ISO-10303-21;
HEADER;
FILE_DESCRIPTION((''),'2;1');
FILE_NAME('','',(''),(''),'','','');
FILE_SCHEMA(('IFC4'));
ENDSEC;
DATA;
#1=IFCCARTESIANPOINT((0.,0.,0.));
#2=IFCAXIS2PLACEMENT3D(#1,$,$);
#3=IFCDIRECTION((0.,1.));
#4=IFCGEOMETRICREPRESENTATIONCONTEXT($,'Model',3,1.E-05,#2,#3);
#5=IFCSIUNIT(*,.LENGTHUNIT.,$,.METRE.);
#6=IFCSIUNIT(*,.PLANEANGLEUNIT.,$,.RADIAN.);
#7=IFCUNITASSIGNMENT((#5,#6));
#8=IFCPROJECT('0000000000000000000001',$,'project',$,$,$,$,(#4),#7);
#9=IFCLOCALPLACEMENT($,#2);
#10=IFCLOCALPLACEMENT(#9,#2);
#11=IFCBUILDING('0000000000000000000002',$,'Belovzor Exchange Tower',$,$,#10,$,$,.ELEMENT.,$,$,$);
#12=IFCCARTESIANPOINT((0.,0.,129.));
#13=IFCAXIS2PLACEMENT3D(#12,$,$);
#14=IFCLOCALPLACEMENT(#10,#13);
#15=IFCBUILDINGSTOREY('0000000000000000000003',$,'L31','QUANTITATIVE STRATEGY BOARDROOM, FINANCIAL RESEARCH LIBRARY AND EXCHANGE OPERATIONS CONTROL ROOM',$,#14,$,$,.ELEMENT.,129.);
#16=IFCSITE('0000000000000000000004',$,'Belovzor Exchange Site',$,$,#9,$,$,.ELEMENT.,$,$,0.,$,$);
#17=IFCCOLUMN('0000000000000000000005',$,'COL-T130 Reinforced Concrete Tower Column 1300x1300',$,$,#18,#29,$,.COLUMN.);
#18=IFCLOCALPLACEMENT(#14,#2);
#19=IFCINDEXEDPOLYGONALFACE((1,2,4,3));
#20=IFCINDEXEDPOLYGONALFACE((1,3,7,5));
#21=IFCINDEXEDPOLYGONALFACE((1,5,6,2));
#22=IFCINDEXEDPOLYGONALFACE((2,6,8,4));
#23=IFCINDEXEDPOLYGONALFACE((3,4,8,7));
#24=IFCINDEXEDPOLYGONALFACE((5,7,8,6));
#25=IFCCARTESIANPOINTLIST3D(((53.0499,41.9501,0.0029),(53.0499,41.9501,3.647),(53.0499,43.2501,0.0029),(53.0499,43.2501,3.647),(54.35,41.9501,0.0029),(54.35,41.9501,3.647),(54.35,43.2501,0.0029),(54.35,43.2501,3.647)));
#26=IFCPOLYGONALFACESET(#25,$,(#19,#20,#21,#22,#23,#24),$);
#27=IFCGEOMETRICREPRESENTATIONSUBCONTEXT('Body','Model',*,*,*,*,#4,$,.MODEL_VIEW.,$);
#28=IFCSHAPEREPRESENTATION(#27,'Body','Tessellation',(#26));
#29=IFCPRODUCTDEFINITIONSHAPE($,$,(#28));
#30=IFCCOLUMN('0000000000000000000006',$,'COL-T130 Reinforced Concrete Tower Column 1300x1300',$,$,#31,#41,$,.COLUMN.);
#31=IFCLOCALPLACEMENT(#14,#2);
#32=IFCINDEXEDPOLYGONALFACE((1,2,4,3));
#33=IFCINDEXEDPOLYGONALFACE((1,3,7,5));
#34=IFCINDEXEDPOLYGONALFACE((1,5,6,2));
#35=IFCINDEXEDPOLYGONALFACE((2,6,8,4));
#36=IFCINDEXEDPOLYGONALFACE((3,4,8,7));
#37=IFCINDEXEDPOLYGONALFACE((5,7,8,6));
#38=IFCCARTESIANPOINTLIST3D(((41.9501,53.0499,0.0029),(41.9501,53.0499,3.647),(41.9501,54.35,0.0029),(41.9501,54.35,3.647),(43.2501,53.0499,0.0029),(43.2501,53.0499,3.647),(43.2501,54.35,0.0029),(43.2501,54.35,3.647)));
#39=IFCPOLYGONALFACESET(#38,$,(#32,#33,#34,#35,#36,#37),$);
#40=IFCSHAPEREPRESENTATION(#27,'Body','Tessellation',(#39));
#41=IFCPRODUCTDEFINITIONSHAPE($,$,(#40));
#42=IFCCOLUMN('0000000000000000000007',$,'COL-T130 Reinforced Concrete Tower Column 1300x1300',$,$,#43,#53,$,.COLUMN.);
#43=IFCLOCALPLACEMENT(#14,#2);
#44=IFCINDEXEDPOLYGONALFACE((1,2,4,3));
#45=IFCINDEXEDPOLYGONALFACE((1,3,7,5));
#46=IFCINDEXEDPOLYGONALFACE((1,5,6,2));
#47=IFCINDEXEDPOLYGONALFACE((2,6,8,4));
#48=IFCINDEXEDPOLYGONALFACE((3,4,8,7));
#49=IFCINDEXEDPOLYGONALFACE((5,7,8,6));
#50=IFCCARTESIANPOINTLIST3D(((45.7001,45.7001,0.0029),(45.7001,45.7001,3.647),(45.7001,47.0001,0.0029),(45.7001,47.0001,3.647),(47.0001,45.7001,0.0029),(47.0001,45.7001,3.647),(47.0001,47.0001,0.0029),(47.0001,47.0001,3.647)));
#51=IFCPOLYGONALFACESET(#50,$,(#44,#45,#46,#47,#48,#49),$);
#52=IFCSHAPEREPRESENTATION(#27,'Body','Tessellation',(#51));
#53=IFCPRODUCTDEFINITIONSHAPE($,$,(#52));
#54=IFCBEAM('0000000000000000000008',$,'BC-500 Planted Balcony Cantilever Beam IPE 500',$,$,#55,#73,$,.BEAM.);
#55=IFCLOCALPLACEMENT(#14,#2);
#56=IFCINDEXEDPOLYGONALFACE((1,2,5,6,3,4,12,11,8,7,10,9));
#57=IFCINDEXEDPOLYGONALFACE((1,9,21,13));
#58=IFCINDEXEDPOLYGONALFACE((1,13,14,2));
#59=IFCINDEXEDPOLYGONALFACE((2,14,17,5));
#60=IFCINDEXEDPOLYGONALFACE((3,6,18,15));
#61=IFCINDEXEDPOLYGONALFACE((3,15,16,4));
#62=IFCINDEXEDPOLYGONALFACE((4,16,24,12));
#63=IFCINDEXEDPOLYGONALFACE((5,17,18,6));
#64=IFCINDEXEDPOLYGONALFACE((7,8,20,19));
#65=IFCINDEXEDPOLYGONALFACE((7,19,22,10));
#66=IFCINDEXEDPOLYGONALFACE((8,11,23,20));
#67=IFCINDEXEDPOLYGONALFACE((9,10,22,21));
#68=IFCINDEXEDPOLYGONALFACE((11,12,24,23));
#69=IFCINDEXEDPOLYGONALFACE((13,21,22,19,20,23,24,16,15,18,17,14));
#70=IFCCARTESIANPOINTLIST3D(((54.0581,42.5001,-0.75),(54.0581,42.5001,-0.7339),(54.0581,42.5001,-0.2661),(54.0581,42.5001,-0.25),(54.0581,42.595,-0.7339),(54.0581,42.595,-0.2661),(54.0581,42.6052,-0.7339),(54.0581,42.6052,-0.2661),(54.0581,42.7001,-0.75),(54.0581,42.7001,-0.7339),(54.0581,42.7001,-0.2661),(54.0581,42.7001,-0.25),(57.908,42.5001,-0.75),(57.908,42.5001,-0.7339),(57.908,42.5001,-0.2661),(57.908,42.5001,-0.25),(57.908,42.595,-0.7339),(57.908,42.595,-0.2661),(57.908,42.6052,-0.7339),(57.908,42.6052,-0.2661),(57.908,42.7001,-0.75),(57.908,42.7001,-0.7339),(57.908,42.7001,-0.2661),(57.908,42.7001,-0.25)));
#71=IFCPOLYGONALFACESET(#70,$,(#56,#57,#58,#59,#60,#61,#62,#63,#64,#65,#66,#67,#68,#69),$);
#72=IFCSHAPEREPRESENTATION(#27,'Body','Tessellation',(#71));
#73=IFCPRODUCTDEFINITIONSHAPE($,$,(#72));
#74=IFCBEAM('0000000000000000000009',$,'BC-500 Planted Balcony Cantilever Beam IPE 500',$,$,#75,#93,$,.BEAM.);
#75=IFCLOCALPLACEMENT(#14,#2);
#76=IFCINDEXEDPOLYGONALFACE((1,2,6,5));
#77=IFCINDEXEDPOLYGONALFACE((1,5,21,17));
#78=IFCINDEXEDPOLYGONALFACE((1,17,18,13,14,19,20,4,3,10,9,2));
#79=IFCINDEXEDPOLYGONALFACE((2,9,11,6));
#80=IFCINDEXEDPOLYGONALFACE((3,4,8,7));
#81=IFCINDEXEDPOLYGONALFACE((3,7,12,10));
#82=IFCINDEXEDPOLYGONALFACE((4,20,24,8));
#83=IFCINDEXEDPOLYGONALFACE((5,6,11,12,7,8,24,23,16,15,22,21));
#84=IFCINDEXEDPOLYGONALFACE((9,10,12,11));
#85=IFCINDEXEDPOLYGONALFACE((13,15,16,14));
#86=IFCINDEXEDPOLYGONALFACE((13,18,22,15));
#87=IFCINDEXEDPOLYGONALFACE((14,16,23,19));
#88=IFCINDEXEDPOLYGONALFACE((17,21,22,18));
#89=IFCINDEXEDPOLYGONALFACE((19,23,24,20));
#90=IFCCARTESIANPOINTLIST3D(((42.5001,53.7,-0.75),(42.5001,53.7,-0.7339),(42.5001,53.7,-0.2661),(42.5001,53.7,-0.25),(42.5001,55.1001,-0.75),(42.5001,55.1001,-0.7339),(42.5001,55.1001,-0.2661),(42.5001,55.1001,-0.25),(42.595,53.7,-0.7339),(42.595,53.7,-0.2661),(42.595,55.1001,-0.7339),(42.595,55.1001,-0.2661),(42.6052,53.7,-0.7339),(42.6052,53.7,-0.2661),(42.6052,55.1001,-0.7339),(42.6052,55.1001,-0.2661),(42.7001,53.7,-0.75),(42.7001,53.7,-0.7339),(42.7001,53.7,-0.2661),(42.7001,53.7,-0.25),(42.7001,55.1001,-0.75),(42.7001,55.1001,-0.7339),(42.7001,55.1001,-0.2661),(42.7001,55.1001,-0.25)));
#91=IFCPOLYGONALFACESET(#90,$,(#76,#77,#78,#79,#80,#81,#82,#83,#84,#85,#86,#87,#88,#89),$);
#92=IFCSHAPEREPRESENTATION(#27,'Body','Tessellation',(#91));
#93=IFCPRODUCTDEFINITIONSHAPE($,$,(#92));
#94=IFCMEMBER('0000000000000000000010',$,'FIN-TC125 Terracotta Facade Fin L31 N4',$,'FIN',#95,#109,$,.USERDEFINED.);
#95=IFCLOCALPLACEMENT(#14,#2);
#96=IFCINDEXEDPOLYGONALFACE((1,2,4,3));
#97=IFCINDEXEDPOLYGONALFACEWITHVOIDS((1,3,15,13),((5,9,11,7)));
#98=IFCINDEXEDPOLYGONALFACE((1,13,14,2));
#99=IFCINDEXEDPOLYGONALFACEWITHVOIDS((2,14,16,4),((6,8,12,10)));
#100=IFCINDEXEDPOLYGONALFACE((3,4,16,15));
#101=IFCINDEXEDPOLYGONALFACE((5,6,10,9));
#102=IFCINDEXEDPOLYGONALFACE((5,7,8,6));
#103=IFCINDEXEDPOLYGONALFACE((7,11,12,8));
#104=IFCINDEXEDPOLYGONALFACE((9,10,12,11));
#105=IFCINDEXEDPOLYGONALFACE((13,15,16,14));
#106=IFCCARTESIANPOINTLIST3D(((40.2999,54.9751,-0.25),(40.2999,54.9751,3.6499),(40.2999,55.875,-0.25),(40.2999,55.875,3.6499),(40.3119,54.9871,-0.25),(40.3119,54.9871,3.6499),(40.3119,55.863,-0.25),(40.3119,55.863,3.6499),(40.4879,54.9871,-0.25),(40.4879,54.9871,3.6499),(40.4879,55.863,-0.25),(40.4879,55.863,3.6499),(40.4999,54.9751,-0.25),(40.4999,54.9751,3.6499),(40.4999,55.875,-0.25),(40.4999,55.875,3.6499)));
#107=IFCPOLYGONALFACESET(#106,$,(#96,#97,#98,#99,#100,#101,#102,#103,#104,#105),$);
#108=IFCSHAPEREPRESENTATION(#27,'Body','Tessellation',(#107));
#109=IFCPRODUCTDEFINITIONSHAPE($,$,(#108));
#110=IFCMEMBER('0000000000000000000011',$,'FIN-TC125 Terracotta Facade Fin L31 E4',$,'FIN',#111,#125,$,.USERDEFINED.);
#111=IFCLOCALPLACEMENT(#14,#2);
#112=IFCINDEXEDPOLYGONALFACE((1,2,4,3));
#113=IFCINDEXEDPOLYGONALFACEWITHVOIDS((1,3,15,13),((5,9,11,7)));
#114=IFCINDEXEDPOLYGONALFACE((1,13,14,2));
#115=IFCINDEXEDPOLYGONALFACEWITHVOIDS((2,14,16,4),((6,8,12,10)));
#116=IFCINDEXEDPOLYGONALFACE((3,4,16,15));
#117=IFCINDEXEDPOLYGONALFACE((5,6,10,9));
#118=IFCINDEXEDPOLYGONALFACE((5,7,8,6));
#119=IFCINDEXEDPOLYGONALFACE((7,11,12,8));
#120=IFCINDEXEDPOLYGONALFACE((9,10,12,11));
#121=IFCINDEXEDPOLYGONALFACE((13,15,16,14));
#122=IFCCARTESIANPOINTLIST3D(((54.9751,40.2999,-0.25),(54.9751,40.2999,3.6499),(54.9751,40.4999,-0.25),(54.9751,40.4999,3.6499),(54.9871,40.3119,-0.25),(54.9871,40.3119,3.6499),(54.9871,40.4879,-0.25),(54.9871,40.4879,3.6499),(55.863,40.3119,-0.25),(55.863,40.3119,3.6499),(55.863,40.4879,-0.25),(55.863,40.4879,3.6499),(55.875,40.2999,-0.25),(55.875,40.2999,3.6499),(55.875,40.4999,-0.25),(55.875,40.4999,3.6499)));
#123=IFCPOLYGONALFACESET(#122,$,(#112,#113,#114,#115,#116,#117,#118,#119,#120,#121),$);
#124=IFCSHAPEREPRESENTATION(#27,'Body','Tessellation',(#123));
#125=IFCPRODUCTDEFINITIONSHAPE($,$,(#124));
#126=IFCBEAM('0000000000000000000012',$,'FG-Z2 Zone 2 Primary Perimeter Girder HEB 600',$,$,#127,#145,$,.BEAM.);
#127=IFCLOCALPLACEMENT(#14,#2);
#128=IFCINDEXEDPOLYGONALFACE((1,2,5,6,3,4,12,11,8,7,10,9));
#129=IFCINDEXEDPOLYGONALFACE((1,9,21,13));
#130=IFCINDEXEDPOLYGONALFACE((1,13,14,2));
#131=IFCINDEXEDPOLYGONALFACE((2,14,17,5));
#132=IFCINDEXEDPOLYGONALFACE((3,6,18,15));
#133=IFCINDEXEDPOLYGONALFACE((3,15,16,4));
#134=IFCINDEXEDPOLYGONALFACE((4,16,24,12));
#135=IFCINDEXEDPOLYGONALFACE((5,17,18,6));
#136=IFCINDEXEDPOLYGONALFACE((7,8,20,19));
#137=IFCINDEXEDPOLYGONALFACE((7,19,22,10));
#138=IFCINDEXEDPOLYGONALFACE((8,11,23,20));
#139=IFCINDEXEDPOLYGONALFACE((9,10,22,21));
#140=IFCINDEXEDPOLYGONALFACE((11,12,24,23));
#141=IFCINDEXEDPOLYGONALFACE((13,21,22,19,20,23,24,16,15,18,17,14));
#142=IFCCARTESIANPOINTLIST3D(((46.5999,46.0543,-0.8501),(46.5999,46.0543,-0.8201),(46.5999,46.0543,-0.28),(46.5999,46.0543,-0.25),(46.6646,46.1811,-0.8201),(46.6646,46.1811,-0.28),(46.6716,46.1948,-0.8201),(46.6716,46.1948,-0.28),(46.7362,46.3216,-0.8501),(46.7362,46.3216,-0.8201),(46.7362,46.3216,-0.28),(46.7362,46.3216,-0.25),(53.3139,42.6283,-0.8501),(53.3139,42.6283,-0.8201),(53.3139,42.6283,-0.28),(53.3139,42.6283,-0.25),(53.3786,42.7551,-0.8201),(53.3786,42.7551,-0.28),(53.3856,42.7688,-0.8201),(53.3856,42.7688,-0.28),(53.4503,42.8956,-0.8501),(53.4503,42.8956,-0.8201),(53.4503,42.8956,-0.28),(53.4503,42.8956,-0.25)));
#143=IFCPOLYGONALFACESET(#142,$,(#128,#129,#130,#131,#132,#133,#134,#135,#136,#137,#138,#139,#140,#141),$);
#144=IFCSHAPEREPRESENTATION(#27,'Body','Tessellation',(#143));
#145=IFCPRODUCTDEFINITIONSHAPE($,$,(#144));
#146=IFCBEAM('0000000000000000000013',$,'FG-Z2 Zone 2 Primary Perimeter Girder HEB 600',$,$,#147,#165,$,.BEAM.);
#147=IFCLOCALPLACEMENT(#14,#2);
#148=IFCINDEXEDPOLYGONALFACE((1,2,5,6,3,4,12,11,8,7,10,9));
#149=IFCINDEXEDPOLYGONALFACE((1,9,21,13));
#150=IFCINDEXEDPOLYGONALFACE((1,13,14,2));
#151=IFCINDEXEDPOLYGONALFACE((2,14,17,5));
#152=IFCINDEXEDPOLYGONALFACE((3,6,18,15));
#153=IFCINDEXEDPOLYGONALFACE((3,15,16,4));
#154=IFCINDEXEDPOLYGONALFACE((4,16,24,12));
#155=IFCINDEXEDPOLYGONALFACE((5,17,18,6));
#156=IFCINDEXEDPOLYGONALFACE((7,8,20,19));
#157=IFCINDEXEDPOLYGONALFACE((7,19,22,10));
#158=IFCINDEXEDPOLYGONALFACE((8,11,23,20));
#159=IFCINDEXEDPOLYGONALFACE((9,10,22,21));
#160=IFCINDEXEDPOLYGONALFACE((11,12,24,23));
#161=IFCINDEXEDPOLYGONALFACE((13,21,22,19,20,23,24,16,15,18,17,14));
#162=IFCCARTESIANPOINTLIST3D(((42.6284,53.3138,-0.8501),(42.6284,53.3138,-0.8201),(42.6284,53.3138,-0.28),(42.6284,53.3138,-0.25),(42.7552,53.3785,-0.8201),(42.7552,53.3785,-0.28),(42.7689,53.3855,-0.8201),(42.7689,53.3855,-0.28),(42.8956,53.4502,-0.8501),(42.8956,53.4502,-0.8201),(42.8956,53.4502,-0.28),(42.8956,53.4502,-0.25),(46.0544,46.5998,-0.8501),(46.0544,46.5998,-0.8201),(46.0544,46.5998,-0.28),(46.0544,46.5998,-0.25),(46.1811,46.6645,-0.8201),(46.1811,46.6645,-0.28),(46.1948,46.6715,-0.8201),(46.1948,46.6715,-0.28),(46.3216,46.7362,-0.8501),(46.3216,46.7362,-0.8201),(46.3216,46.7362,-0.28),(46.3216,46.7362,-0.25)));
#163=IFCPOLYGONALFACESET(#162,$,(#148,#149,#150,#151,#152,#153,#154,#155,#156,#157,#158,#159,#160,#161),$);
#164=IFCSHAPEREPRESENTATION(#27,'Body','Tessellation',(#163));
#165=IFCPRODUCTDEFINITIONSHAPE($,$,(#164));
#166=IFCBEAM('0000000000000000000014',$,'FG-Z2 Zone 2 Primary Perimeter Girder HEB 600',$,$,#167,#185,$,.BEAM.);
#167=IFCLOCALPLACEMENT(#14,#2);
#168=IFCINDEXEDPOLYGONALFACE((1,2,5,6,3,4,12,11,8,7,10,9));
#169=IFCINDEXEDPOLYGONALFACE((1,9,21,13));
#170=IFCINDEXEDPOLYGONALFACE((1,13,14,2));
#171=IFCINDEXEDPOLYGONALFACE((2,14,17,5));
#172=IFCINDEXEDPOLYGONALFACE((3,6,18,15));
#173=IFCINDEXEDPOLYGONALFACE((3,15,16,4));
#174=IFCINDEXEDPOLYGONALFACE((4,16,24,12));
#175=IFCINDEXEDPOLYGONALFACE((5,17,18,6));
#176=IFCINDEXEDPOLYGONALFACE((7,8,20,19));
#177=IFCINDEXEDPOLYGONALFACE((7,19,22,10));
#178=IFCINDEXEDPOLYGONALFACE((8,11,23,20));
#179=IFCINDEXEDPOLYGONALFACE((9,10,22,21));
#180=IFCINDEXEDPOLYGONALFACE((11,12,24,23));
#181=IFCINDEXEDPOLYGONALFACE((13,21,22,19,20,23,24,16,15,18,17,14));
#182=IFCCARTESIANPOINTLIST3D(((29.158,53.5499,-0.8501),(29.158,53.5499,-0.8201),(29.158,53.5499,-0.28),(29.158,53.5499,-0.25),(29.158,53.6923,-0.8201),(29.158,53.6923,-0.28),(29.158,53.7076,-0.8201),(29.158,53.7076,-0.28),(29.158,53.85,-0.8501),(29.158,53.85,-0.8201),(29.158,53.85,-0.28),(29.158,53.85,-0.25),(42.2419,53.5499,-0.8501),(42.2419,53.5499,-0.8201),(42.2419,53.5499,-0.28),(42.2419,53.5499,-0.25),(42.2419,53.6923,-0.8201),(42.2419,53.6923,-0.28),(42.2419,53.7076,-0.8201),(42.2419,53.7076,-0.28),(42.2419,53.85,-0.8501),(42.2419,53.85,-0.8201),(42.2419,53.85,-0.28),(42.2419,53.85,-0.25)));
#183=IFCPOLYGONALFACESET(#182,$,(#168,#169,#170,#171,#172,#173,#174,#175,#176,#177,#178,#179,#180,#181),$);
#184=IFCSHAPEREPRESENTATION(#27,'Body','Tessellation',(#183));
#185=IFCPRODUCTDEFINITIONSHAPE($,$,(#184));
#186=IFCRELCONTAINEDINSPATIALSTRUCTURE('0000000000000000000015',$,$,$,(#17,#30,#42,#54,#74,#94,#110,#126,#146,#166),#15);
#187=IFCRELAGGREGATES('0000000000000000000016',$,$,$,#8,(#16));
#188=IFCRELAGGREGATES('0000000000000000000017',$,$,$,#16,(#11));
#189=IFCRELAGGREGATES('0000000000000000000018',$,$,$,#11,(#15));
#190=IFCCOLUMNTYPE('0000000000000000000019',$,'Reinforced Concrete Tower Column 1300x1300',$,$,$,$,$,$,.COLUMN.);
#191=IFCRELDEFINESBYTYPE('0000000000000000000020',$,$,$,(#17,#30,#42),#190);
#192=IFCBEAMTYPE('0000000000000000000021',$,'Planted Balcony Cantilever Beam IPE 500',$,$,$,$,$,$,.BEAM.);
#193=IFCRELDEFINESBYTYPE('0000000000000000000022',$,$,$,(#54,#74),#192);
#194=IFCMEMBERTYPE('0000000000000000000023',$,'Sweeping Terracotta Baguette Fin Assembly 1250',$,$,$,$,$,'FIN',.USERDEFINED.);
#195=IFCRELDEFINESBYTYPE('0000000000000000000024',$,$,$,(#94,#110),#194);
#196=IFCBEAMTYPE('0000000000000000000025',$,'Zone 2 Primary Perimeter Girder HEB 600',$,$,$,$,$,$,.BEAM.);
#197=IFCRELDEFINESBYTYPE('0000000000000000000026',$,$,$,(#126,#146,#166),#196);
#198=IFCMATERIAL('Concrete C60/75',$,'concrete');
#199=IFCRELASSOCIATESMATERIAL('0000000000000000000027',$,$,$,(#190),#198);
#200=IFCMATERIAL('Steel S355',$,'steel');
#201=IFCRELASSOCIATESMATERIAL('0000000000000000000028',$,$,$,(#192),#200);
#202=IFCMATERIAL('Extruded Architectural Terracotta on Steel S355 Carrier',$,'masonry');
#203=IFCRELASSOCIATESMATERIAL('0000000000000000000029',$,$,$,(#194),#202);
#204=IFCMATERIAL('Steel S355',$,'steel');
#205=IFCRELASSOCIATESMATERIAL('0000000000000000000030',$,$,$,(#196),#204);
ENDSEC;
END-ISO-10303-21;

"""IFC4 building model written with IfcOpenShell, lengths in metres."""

from ifc_helpers import new_model, si_unit, direction, frame, origin, origin_2d, place, context, subcontext, project, spatial, rectangle, hollow_rectangle, i_section, extrude, material, material_profile, profile_set, type_object, element, save


model = new_model("IFC4")

# Units and contexts
model_context = context("Model", 3, precision=1e-05, world=origin(), true_north=direction((0.0, 1.0)))
body_context = subcontext(model_context, "Body", "Model", "MODEL_VIEW")
ifc_project = project(units=[si_unit("LENGTHUNIT", "METRE"), si_unit("PLANEANGLEUNIT", "RADIAN")], contexts=[model_context])

# Site, building, storey
site_placement = place(None, origin())
site = spatial("IfcSite", under=ifc_project, at=site_placement, Name="Belovzor Exchange Site", CompositionType="ELEMENT", RefElevation=0.0)
building_placement = place(site_placement, origin())
building = spatial("IfcBuilding", under=site, at=building_placement, Name="Belovzor Exchange Tower", CompositionType="ELEMENT")
storey_placement = place(building_placement, frame((0.0, 0.0, 129.0)))
storey = spatial("IfcBuildingStorey", under=building, at=storey_placement, Name="L31", Description="QUANTITATIVE STRATEGY BOARDROOM, FINANCIAL RESEARCH LIBRARY AND EXCHANGE OPERATIONS CONTROL ROOM", CompositionType="ELEMENT", Elevation=129.0)

# Columns
ifc_material_1 = material(Name="Concrete C60/75", Category="concrete")
ifc_material_profile_1 = material_profile(ifc_material_1, rectangle(XDim=1.3, YDim=1.3, at=origin_2d()))
ifc_profile_set_1 = profile_set([ifc_material_profile_1], Name="Concrete C60/75")
column_type = type_object("IfcColumnType", Name="Reinforced Concrete Tower Column 1300x1300", PredefinedType="COLUMN", material=ifc_profile_set_1)
for number, where, z_axis, x_axis, name in (
    (1, (53.7, 42.6001, 0.0029), (0.0, 0.0, 1.0), (1.0, 0.0, 0.0), "COL-T130 Reinforced Concrete Tower Column 1300x1300"),
    (2, (42.6001, 53.7, 0.0029), (0.0, 0.0, 1.0), (1.0, 0.0, 0.0), "COL-T130 Reinforced Concrete Tower Column 1300x1300"),
    (3, (46.3501, 46.3501, 0.0029), (0.0, 0.0, 1.0), (1.0, 0.0, 0.0), "COL-T130 Reinforced Concrete Tower Column 1300x1300"),
):
    element("IfcColumn", number, at=place(storey_placement, frame(where, z_axis=z_axis, x_axis=x_axis)), inside=storey, type_object=column_type, Name=name, PredefinedType="COLUMN", context=body_context, shape_type="SweptSolid", body=[
        extrude(rectangle(XDim=1.3, YDim=1.3, at=origin_2d()), origin(), (0.0, 0.0, 1.0), 3.644),
    ])

# Beams
ifc_material_2 = material(Name="Steel S355", Category="steel")
ifc_material_profile_2 = material_profile(ifc_material_2, i_section(OverallWidth=0.2, OverallDepth=0.5, WebThickness=0.0103, FlangeThickness=0.0161, at=origin_2d()))
ifc_profile_set_2 = profile_set([ifc_material_profile_2], Name="Steel S355")
beam_type_1 = type_object("IfcBeamType", Name="Planted Balcony Cantilever Beam IPE 500", PredefinedType="BEAM", material=ifc_profile_set_2)
beam_1_placement = place(storey_placement, frame((54.0581, 42.6001, -0.5), z_axis=(1.0, 0.0, 0.0), x_axis=(0.0, 1.0, 0.0)))
element("IfcBeam", 4, at=beam_1_placement, inside=storey, type_object=beam_type_1, Name="BC-500 Planted Balcony Cantilever Beam IPE 500", PredefinedType="BEAM", context=body_context, shape_type="SweptSolid", body=[
    extrude(i_section(OverallWidth=0.2, OverallDepth=0.5, WebThickness=0.0103, FlangeThickness=0.0161, at=origin_2d()), origin(), (0.0, 0.0, 1.0), 3.8499),
])
beam_2_placement = place(storey_placement, frame((42.6001, 53.7, -0.5), z_axis=(0.0, 1.0, 0.0), x_axis=(-1.0, 0.0, 0.0)))
element("IfcBeam", 5, at=beam_2_placement, inside=storey, type_object=beam_type_1, Name="BC-500 Planted Balcony Cantilever Beam IPE 500", PredefinedType="BEAM", context=body_context, shape_type="SweptSolid", body=[
    extrude(i_section(OverallWidth=0.2, OverallDepth=0.5, WebThickness=0.0103, FlangeThickness=0.0161, at=origin_2d()), origin(), (0.0, 0.0, 1.0), 1.4001),
])

# Members
ifc_material_3 = material(Name="Extruded Architectural Terracotta on Steel S355 Carrier", Category="masonry")
ifc_material_profile_3 = material_profile(ifc_material_3, hollow_rectangle(XDim=0.2, YDim=0.8999, WallThickness=0.012, at=origin_2d()))
ifc_profile_set_3 = profile_set([ifc_material_profile_3], Name="Extruded Architectural Terracotta on Steel S355 Carrier")
member_type = type_object("IfcMemberType", Name="Sweeping Terracotta Baguette Fin Assembly 1250", ElementType="FIN", PredefinedType="USERDEFINED", material=ifc_profile_set_3)
for number, where, z_axis, x_axis, name in (
    (6, (40.3999, 55.425, -0.25), (0.0, 0.0, 1.0), (1.0, 0.0, 0.0), "FIN-TC125 Terracotta Facade Fin L31 N4"),
    (7, (55.425, 40.3999, -0.25), (0.0, 0.0, 1.0), (0.0, 1.0, 0.0), "FIN-TC125 Terracotta Facade Fin L31 E4"),
):
    element("IfcMember", number, at=place(storey_placement, frame(where, z_axis=z_axis, x_axis=x_axis)), inside=storey, type_object=member_type, Name=name, ObjectType="FIN", PredefinedType="USERDEFINED", context=body_context, shape_type="SweptSolid", body=[
        extrude(hollow_rectangle(XDim=0.2, YDim=0.8999, WallThickness=0.012, at=origin_2d()), origin(), (0.0, 0.0, 1.0), 3.8999),
    ])

# Beams
ifc_material_4 = material(Name="Steel S355", Category="steel")
ifc_material_profile_4 = material_profile(ifc_material_4, i_section(OverallWidth=0.3, OverallDepth=0.6001, WebThickness=0.0154, FlangeThickness=0.03, at=origin_2d()))
ifc_profile_set_4 = profile_set([ifc_material_profile_4], Name="Steel S355")
beam_type_2 = type_object("IfcBeamType", Name="Zone 2 Primary Perimeter Girder HEB 600", PredefinedType="BEAM", material=ifc_profile_set_4)
for number, where, z_axis, x_axis, name in (
    (8, (53.3821, 42.762, -0.55), (-0.890737, 0.454519, 0.0), (-0.454519, -0.890737, 0.0), "FG-Z2 Zone 2 Primary Perimeter Girder HEB 600"),
    (9, (46.188, 46.668, -0.55), (-0.454519, 0.890737, 0.0), (-0.890737, -0.454519, 0.0), "FG-Z2 Zone 2 Primary Perimeter Girder HEB 600"),
):
    element("IfcBeam", number, at=place(storey_placement, frame(where, z_axis=z_axis, x_axis=x_axis)), inside=storey, type_object=beam_type_2, Name=name, PredefinedType="BEAM", context=body_context, shape_type="SweptSolid", body=[
        extrude(i_section(OverallWidth=0.3, OverallDepth=0.6001, WebThickness=0.0154, FlangeThickness=0.03, at=origin_2d()), origin(), (0.0, 0.0, 1.0), 7.5376),
    ])
beam_3_placement = place(storey_placement, frame((42.2419, 53.7, -0.55), z_axis=(-1.0, 0.0, 0.0), x_axis=(0.0, -1.0, 0.0)))
element("IfcBeam", 10, at=beam_3_placement, inside=storey, type_object=beam_type_2, Name="FG-Z2 Zone 2 Primary Perimeter Girder HEB 600", PredefinedType="BEAM", context=body_context, shape_type="SweptSolid", body=[
    extrude(i_section(OverallWidth=0.3, OverallDepth=0.6001, WebThickness=0.0154, FlangeThickness=0.03, at=origin_2d()), origin(), (0.0, 0.0, 1.0), 13.084),
])

save(model, "model.ifc")
